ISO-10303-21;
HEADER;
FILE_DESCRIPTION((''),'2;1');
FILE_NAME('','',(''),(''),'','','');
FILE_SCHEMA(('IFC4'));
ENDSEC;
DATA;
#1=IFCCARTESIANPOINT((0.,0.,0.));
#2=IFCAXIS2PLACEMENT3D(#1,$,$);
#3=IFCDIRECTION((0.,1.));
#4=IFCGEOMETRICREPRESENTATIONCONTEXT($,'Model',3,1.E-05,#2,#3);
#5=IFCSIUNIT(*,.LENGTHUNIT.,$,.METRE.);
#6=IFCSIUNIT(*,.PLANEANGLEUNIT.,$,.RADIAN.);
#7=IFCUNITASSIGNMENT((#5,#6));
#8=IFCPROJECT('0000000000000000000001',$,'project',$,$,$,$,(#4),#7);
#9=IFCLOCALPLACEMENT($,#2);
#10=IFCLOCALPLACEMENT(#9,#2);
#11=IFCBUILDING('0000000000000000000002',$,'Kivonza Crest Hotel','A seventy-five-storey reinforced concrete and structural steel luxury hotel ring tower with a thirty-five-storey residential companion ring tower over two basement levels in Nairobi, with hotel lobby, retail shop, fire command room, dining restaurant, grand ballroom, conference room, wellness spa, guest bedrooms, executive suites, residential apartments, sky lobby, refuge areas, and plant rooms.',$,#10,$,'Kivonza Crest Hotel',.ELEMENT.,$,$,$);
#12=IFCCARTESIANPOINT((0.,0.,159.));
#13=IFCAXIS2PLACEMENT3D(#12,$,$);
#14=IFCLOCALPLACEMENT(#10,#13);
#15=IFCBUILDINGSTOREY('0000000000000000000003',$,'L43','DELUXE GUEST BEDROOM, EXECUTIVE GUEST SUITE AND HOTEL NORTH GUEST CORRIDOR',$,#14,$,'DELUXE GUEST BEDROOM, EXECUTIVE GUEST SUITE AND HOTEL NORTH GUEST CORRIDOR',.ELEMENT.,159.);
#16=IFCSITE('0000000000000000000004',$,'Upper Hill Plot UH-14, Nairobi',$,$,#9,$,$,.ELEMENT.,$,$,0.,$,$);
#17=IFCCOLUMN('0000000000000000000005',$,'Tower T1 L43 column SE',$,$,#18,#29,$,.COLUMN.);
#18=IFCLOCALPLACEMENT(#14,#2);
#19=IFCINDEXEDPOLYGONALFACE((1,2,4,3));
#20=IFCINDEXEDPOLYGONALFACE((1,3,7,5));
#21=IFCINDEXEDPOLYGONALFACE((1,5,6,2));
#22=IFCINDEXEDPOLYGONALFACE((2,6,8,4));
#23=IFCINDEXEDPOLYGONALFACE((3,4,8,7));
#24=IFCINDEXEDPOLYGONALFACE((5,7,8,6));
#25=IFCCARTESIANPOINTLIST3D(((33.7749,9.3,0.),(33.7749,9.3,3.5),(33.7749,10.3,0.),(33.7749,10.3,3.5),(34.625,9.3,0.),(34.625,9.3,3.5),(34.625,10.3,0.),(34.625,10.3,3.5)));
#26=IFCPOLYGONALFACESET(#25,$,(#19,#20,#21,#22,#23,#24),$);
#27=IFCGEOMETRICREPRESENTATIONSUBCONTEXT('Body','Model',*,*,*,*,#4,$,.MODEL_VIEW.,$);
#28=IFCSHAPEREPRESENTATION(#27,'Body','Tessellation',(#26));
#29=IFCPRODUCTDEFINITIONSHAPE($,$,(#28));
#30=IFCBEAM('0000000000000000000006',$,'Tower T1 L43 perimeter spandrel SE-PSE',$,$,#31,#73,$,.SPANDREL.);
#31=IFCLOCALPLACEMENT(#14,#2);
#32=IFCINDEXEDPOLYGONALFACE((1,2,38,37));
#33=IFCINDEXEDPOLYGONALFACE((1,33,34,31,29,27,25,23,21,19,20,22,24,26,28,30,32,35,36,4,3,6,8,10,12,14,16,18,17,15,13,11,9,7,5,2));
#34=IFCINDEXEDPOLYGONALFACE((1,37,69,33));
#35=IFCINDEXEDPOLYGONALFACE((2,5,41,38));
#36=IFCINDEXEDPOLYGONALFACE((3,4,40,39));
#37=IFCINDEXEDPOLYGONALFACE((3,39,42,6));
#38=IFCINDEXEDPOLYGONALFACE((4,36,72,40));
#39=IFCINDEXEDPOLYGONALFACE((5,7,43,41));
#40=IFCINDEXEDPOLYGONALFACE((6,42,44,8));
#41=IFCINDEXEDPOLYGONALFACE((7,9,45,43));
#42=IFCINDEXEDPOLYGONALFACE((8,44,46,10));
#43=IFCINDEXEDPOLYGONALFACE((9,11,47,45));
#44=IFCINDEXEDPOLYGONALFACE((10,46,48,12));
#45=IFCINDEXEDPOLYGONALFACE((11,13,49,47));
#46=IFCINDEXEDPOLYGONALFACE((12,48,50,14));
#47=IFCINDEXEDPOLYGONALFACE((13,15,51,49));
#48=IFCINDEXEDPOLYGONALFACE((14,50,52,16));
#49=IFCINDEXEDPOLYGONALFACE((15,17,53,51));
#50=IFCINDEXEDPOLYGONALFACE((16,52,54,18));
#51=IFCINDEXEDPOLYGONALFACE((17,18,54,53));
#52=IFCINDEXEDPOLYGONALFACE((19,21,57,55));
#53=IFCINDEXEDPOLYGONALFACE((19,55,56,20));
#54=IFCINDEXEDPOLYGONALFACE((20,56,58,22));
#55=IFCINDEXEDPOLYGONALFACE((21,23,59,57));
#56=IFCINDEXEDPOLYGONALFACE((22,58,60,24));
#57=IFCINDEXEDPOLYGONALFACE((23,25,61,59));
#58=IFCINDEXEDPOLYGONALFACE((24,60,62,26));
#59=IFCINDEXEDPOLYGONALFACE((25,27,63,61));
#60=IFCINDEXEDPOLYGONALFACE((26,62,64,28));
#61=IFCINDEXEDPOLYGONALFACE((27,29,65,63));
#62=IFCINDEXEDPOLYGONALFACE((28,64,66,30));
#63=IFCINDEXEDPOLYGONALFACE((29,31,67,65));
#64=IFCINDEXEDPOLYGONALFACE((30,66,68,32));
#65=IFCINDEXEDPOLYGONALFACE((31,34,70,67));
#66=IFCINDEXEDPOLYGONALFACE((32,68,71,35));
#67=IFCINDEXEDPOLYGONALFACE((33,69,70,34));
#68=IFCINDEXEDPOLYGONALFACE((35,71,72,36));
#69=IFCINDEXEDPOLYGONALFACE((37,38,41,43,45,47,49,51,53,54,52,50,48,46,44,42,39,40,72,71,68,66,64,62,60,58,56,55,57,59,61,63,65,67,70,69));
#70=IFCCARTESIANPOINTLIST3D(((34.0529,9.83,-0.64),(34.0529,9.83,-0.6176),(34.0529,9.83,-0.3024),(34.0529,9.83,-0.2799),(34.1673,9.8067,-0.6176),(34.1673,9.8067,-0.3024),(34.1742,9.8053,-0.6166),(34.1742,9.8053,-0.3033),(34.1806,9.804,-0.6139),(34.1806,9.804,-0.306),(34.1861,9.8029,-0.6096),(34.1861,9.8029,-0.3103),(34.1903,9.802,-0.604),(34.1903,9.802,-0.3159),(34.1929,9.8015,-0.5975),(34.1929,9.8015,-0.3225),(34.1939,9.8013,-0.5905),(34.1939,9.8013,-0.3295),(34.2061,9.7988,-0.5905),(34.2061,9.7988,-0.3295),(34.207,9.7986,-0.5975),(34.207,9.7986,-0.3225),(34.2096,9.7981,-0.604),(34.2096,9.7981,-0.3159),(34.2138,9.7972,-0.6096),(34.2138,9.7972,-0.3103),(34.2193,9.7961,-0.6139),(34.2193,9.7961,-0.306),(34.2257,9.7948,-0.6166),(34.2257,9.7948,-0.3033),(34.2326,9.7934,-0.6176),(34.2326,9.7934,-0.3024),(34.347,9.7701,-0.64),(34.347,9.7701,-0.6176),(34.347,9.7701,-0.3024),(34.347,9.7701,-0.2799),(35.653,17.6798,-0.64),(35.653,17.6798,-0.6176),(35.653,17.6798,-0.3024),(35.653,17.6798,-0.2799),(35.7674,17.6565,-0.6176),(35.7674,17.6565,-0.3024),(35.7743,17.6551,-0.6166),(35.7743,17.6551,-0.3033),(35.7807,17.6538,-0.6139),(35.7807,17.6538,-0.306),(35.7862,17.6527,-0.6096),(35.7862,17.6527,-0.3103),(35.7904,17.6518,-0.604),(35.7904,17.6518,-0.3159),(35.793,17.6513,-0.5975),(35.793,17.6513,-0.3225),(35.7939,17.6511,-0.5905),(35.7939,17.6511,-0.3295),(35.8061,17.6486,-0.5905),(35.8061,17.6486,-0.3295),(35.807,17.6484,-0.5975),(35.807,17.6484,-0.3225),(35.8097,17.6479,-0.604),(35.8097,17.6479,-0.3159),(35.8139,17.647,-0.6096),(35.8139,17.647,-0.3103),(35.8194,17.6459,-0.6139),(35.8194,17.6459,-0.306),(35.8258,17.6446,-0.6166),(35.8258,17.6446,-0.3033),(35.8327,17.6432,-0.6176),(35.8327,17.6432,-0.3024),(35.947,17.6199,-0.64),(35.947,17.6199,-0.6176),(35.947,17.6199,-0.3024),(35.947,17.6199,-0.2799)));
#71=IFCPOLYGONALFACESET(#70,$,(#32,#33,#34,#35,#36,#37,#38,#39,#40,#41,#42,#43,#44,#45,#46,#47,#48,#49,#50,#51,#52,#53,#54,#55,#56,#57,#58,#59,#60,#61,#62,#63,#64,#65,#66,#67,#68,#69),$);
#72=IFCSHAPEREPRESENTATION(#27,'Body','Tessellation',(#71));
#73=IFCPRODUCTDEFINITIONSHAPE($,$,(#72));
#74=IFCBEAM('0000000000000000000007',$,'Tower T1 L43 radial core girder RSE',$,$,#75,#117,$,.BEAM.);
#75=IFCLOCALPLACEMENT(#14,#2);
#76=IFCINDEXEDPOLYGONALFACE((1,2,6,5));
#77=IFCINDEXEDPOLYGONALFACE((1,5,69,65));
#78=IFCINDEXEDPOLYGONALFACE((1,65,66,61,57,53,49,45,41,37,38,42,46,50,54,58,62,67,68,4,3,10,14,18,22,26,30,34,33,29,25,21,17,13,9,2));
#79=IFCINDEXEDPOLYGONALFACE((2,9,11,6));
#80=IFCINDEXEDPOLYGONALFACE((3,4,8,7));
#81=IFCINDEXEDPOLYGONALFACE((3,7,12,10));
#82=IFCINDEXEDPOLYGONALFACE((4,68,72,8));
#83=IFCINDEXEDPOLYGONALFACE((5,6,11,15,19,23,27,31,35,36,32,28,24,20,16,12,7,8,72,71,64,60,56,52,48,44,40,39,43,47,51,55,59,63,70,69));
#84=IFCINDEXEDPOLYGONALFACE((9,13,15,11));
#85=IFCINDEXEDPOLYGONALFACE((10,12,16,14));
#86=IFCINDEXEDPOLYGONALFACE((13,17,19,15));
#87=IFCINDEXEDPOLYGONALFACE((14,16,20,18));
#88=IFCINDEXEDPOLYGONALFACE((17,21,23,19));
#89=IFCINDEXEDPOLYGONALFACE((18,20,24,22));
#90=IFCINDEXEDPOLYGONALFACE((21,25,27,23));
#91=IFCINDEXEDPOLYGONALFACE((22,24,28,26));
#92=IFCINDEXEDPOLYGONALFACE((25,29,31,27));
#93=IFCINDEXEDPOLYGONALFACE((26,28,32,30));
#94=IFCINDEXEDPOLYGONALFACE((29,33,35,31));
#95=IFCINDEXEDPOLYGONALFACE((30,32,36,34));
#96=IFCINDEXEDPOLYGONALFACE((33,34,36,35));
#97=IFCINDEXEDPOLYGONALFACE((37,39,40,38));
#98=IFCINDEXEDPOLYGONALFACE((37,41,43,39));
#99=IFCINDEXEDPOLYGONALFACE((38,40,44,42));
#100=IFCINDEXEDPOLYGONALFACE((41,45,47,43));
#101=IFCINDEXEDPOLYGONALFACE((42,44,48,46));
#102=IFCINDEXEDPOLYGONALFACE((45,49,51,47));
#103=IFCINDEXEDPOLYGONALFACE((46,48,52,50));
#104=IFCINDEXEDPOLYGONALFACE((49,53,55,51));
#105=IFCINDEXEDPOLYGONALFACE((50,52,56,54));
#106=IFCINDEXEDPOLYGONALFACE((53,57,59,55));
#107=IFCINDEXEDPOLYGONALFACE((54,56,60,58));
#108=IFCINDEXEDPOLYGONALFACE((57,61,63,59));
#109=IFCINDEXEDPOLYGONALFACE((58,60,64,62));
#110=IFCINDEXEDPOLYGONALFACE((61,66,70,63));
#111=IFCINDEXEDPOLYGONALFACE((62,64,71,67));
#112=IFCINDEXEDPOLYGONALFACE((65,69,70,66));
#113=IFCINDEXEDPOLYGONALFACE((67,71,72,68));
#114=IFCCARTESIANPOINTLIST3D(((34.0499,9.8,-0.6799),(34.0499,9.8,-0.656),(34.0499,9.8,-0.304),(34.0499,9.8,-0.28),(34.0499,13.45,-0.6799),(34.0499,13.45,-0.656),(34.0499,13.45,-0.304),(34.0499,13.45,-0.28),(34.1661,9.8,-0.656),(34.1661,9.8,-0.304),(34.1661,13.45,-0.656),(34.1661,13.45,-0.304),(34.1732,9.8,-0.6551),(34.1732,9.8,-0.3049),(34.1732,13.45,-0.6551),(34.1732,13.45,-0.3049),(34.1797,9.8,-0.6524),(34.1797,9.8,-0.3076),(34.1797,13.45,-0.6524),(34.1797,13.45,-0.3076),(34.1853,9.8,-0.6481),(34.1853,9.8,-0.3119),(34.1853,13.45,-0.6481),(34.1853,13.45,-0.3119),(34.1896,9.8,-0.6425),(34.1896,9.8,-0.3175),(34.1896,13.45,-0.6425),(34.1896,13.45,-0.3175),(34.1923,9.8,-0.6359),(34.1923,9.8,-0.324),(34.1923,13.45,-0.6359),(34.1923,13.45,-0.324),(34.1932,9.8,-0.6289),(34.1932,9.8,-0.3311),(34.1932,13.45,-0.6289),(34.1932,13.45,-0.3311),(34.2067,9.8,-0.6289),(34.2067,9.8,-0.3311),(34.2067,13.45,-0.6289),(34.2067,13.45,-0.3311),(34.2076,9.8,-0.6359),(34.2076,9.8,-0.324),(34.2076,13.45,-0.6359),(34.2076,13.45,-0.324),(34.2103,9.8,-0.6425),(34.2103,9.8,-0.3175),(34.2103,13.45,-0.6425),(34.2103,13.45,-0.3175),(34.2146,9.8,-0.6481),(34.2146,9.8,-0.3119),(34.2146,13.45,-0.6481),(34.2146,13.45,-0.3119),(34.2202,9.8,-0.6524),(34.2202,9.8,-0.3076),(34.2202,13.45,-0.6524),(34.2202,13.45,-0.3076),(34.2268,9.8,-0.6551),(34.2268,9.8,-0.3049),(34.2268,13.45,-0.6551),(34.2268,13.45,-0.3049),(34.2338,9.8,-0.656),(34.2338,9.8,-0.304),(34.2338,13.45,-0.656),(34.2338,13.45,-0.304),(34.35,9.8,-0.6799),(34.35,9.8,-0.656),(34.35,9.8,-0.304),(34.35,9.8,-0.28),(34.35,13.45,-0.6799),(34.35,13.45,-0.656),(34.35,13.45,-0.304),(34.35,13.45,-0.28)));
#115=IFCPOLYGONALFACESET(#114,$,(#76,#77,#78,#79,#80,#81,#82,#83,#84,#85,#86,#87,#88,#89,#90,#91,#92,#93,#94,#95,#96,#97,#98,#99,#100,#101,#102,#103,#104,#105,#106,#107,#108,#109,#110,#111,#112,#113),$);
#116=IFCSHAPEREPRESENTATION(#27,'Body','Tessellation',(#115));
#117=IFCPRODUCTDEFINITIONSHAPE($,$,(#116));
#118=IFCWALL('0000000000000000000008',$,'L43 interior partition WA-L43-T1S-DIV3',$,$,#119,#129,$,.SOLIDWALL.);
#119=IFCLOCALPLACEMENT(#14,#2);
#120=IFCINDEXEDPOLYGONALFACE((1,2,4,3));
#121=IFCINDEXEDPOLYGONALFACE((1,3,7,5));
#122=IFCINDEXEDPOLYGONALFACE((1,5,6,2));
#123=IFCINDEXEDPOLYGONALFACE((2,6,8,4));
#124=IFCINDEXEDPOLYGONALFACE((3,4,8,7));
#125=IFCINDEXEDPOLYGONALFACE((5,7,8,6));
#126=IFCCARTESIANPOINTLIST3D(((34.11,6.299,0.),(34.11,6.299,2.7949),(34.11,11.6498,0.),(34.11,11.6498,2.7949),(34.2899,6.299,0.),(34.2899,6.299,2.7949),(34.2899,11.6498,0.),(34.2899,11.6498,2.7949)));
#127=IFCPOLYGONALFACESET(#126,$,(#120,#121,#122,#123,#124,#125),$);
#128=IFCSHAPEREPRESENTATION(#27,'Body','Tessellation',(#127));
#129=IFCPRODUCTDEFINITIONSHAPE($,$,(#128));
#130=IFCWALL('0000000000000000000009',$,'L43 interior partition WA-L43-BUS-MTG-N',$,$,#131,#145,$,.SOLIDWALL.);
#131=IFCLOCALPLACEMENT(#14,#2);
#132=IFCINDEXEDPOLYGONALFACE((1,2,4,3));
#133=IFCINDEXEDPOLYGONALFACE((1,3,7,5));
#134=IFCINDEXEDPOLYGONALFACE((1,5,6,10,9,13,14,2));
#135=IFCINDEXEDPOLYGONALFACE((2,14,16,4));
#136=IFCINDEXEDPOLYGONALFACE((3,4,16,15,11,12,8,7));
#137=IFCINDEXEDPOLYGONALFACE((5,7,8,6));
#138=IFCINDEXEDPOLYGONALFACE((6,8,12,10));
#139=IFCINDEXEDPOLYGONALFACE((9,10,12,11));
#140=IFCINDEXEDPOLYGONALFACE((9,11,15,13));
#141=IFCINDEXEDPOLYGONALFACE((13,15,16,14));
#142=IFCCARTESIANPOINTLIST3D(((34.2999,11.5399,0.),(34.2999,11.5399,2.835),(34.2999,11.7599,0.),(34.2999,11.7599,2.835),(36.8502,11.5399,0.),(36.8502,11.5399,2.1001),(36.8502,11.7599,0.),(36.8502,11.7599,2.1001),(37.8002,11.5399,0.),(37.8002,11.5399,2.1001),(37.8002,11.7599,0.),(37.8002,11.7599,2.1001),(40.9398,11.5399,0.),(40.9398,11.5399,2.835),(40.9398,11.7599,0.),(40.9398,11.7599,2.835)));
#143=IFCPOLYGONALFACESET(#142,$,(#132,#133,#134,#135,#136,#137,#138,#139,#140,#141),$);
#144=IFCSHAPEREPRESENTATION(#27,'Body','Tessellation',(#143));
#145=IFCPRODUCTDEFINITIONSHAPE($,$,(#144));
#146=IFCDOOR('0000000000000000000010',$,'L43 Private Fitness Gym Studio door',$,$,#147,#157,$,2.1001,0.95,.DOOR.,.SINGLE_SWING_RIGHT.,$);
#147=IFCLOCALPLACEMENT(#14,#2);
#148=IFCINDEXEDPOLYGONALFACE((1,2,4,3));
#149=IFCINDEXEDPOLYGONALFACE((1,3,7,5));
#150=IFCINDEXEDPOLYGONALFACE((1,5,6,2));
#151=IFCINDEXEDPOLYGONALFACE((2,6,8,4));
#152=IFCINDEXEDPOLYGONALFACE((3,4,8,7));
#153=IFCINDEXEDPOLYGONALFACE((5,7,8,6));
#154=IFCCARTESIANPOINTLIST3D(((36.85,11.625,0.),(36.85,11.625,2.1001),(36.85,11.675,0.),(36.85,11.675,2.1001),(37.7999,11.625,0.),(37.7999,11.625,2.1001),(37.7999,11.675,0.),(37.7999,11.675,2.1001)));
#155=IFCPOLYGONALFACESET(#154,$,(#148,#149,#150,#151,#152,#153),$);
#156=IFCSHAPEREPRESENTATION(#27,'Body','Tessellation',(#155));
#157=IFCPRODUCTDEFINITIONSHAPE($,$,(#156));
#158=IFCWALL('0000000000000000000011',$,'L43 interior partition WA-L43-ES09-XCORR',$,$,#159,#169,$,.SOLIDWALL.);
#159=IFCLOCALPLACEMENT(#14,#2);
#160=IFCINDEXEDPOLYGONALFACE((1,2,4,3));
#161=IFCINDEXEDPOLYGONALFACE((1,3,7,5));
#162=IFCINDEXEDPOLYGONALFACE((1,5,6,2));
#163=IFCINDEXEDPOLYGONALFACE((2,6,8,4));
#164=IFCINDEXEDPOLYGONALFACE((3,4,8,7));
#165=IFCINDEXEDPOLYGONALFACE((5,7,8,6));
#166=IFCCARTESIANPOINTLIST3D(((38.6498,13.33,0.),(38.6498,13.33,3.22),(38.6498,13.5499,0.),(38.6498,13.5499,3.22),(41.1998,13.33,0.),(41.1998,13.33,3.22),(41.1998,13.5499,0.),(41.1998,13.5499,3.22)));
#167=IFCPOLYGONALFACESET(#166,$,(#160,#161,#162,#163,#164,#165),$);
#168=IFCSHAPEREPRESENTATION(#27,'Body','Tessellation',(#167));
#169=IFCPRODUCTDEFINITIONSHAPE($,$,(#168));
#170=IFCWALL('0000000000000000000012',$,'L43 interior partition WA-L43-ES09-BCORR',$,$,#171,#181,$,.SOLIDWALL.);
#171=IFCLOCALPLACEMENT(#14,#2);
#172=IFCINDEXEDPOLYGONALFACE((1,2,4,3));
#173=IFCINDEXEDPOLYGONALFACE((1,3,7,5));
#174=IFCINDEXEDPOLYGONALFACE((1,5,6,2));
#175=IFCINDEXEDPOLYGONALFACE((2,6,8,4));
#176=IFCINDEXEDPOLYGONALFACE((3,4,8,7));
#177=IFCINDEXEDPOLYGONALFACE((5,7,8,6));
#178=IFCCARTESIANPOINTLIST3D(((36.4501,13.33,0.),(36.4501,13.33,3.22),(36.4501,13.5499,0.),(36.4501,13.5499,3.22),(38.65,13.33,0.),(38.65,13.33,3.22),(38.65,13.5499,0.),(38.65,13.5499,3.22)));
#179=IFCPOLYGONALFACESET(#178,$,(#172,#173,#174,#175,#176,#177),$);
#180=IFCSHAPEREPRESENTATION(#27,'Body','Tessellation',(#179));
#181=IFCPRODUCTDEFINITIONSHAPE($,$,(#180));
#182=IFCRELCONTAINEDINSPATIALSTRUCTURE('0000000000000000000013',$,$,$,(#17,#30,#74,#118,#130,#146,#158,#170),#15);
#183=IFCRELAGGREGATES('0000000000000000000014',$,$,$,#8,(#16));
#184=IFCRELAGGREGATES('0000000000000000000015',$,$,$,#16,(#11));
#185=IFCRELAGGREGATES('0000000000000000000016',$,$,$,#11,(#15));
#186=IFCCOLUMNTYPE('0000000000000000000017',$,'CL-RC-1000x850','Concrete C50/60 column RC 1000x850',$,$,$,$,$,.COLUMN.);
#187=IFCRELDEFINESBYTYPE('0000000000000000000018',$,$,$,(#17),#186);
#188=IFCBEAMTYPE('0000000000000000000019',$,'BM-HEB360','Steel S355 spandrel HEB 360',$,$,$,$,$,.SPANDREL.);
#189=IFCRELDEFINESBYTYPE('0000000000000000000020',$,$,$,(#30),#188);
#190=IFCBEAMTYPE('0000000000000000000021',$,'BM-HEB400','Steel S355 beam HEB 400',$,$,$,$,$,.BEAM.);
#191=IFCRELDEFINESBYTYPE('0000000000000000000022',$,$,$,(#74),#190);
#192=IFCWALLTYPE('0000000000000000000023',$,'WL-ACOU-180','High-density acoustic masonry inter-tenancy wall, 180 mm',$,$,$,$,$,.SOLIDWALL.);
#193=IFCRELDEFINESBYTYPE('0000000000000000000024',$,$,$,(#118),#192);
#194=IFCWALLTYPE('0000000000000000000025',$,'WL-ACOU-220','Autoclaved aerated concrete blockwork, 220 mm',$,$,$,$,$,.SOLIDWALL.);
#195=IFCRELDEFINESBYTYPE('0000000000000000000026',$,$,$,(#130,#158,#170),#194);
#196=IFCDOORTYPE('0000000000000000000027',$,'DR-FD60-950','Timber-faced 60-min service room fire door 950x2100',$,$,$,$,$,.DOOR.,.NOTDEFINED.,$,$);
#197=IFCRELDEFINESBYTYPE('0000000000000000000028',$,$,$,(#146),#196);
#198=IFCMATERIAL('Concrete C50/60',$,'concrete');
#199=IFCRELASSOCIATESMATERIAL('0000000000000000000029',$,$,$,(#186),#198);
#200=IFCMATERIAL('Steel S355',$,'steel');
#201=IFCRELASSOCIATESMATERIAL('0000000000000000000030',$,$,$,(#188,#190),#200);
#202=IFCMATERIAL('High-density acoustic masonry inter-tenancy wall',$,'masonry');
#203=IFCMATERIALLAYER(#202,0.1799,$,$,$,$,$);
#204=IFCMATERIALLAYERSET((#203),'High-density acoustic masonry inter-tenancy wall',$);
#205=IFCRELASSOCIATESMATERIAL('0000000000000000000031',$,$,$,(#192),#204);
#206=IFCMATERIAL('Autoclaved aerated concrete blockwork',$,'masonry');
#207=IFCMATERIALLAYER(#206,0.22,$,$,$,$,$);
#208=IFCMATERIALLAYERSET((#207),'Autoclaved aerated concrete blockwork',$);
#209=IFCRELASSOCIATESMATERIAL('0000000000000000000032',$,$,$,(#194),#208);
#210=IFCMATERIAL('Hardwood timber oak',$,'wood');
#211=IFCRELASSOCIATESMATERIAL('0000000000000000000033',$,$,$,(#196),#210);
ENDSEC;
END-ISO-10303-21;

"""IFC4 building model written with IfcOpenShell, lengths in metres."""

from ifc_helpers import new_model, si_unit, direction, frame, frame_2d, origin, origin_2d, place, context, subcontext, project, spatial, rectangle, i_section, extrude, material, layer, layer_set, material_profile, profile_set, type_object, element, fill, save


model = new_model("IFC4")

# Units and contexts
model_context = context("Model", 3, precision=1e-05, world=origin(), true_north=direction((0.0, 1.0)))
body_context = subcontext(model_context, "Body", "Model", "MODEL_VIEW")
ifc_project = project(units=[si_unit("LENGTHUNIT", "METRE"), si_unit("PLANEANGLEUNIT", "RADIAN")], contexts=[model_context])

# Site, building, storey
site_placement = place(None, origin())
site = spatial("IfcSite", under=ifc_project, at=site_placement, Name="Upper Hill Plot UH-14, Nairobi", CompositionType="ELEMENT", RefElevation=0.0)
building_placement = place(site_placement, origin())
building = spatial("IfcBuilding", under=site, at=building_placement, Name="Kivonza Crest Hotel", Description="A seventy-five-storey reinforced concrete and structural steel luxury hotel ring tower with a thirty-five-storey residential companion ring tower over two basement levels in Nairobi, with hotel lobby, retail shop, fire command room, dining restaurant, grand ballroom, conference room, wellness spa, guest bedrooms, executive suites, residential apartments, sky lobby, refuge areas, and plant rooms.", LongName="Kivonza Crest Hotel", CompositionType="ELEMENT")
storey_placement = place(building_placement, frame((0.0, 0.0, 159.0)))
storey = spatial("IfcBuildingStorey", under=building, at=storey_placement, Name="L43", Description="DELUXE GUEST BEDROOM, EXECUTIVE GUEST SUITE AND HOTEL NORTH GUEST CORRIDOR", LongName="DELUXE GUEST BEDROOM, EXECUTIVE GUEST SUITE AND HOTEL NORTH GUEST CORRIDOR", CompositionType="ELEMENT", Elevation=159.0)

# Column
ifc_material_1 = material(Name="Concrete C50/60", Category="concrete")
ifc_material_profile_1 = material_profile(ifc_material_1, rectangle(XDim=0.8501, YDim=1.0, at=origin_2d()), Name="RC 1000x850")
ifc_profile_set_1 = profile_set([ifc_material_profile_1], Name="Concrete C50/60")
column_type = type_object("IfcColumnType", Name="CL-RC-1000x850", Description="Concrete C50/60 column RC 1000x850", PredefinedType="COLUMN", material=ifc_profile_set_1)
column_placement = place(storey_placement, frame((34.2, 9.8, 0.0), z_axis=(0.0, 0.0, 1.0), x_axis=(1.0, 0.0, 0.0)))
element("IfcColumn", 1, at=column_placement, inside=storey, type_object=column_type, Name="Tower T1 L43 column SE", PredefinedType="COLUMN", context=body_context, shape_type="SweptSolid", body=[
    extrude(rectangle(XDim=0.8501, YDim=1.0, at=origin_2d()), origin(), (0.0, 0.0, 1.0), 3.5),
])

# Beams
ifc_material_2 = material(Name="Steel S355", Category="steel")
ifc_material_profile_2 = material_profile(ifc_material_2, i_section(OverallWidth=0.3, OverallDepth=0.3601, WebThickness=0.0125, FlangeThickness=0.0225, FilletRadius=0.0271, at=origin_2d()), Name="HEB 360")
ifc_profile_set_2 = profile_set([ifc_material_profile_2], Name="Steel S355")
beam_type_1 = type_object("IfcBeamType", Name="BM-HEB360", Description="Steel S355 spandrel HEB 360", PredefinedType="SPANDREL", material=ifc_profile_set_2)
beam_1_placement = place(storey_placement, frame((34.2, 9.8, -0.46), z_axis=(0.199731, 0.979851, 0.0), x_axis=(-0.979851, 0.199731, 0.0)))
element("IfcBeam", 2, at=beam_1_placement, inside=storey, type_object=beam_type_1, Name="Tower T1 L43 perimeter spandrel SE-PSE", PredefinedType="SPANDREL", context=body_context, shape_type="SweptSolid", body=[
    extrude(i_section(OverallWidth=0.3, OverallDepth=0.3601, WebThickness=0.0125, FlangeThickness=0.0225, FilletRadius=0.0271, at=origin_2d()), origin(), (0.0, 0.0, 1.0), 8.0112),
])
ifc_material_profile_3 = material_profile(ifc_material_2, i_section(OverallWidth=0.3, OverallDepth=0.3999, WebThickness=0.0134, FlangeThickness=0.0239, FilletRadius=0.0271, at=origin_2d()), Name="HEB 400")
ifc_profile_set_3 = profile_set([ifc_material_profile_3], Name="Steel S355")
beam_type_2 = type_object("IfcBeamType", Name="BM-HEB400", Description="Steel S355 beam HEB 400", PredefinedType="BEAM", material=ifc_profile_set_3)
beam_2_placement = place(storey_placement, frame((34.2, 9.8, -0.48), z_axis=(0.0, 1.0, 0.0), x_axis=(-1.0, 0.0, 0.0)))
element("IfcBeam", 3, at=beam_2_placement, inside=storey, type_object=beam_type_2, Name="Tower T1 L43 radial core girder RSE", PredefinedType="BEAM", context=body_context, shape_type="SweptSolid", body=[
    extrude(i_section(OverallWidth=0.3, OverallDepth=0.3999, WebThickness=0.0134, FlangeThickness=0.0239, FilletRadius=0.0271, at=origin_2d()), origin(), (0.0, 0.0, 1.0), 3.6499),
])

# Wall
ifc_material_3 = material(Name="High-density acoustic masonry inter-tenancy wall", Category="masonry")
ifc_layer_1 = layer(ifc_material_3, 0.1799)
ifc_layer_set_1 = layer_set([ifc_layer_1], Name="High-density acoustic masonry inter-tenancy wall")
wall_type_1 = type_object("IfcWallType", Name="WL-ACOU-180", Description="High-density acoustic masonry inter-tenancy wall, 180 mm", PredefinedType="SOLIDWALL", material=ifc_layer_set_1)
wall_1_placement = place(storey_placement, frame((34.2, 6.2991, 0.0), z_axis=(0.0, 0.0, 1.0), x_axis=(0.0, 1.0, 0.0)))
element("IfcWall", 4, at=wall_1_placement, inside=storey, type_object=wall_type_1, Name="L43 interior partition WA-L43-T1S-DIV3", PredefinedType="SOLIDWALL", context=body_context, shape_type="SweptSolid", body=[
    extrude(rectangle(XDim=5.3508, YDim=0.1799, at=frame_2d((2.6753, 0.0))), origin(), (0.0, 0.0, 1.0), 2.7949),
])

# Wall, opening, door
ifc_material_4 = material(Name="Autoclaved aerated concrete blockwork", Category="masonry")
ifc_layer_2 = layer(ifc_material_4, 0.22)
ifc_layer_set_2 = layer_set([ifc_layer_2], Name="Autoclaved aerated concrete blockwork")
wall_type_2 = type_object("IfcWallType", Name="WL-ACOU-220", Description="Autoclaved aerated concrete blockwork, 220 mm", PredefinedType="SOLIDWALL", material=ifc_layer_set_2)
wall_2_placement = place(storey_placement, frame((34.3, 11.6499, 0.0), z_axis=(0.0, 0.0, 1.0), x_axis=(1.0, 0.0, 0.0)))
wall_2 = element("IfcWall", 5, at=wall_2_placement, inside=storey, type_object=wall_type_2, Name="L43 interior partition WA-L43-BUS-MTG-N", PredefinedType="SOLIDWALL", context=body_context, shape_type="SweptSolid", body=[
    extrude(rectangle(XDim=6.6399, YDim=0.22, at=frame_2d((3.3198, 0.0))), origin(), (0.0, 0.0, 1.0), 2.835),
])
opening_1_placement = place(wall_2_placement, frame((2.55, 0.0, 0.0)))
opening_1 = element("IfcOpeningElement", 6, at=opening_1_placement, cuts=wall_2, PredefinedType="OPENING", context=body_context, shape_type="SweptSolid", body=[
    extrude(rectangle(XDim=0.95, YDim=2.1001, at=frame_2d((0.4751, 1.05))), frame((0.0, 0.1201, 0.0), z_axis=(0.0, -1.0, 0.0), x_axis=(1.0, 0.0, 0.0)), (0.0, 0.0, 1.0), 0.24),
])
ifc_material_5 = material(Name="Hardwood timber oak", Category="wood")
door_type_1 = type_object("IfcDoorType", Name="DR-FD60-950", Description="Timber-faced 60-min service room fire door 950x2100", OperationType="NOTDEFINED", PredefinedType="DOOR", material=ifc_material_5)
door_1_placement = place(opening_1_placement, frame((0.95, 0.0, 0.0), z_axis=(0.0, 0.0, 1.0), x_axis=(-1.0, 0.0, 0.0)))
door_1 = element("IfcDoor", 7, at=door_1_placement, inside=storey, type_object=door_type_1, Name="L43 Private Fitness Gym Studio door", OperationType="SINGLE_SWING_RIGHT", OverallHeight=2.1001, OverallWidth=0.95, PredefinedType="DOOR", context=body_context, shape_type="SweptSolid", body=[
    extrude(rectangle(XDim=0.95, YDim=2.1001, at=frame_2d((0.4751, 1.05))), frame((0.0, 0.0249, 0.0), z_axis=(0.0, -1.0, 0.0), x_axis=(1.0, 0.0, 0.0)), (0.0, 0.0, 1.0), 0.05),
])
fill(opening_1, door_1)

# Walls
wall_3_placement = place(storey_placement, frame((38.6499, 13.4399, 0.0), z_axis=(0.0, 0.0, 1.0), x_axis=(1.0, 0.0, 0.0)))
element("IfcWall", 8, at=wall_3_placement, inside=storey, type_object=wall_type_2, Name="L43 interior partition WA-L43-ES09-XCORR", PredefinedType="SOLIDWALL", context=body_context, shape_type="SweptSolid", body=[
    extrude(rectangle(XDim=2.55, YDim=0.22, at=frame_2d((1.2749, 0.0))), origin(), (0.0, 0.0, 1.0), 3.22),
])
wall_4_placement = place(storey_placement, frame((36.45, 13.4399, 0.0), z_axis=(0.0, 0.0, 1.0), x_axis=(1.0, 0.0, 0.0)))
element("IfcWall", 9, at=wall_4_placement, inside=storey, type_object=wall_type_2, Name="L43 interior partition WA-L43-ES09-BCORR", PredefinedType="SOLIDWALL", context=body_context, shape_type="SweptSolid", body=[
    extrude(rectangle(XDim=2.2, YDim=0.22, at=frame_2d((1.1001, 0.0))), origin(), (0.0, 0.0, 1.0), 3.22),
])

save(model, "model.ifc")
